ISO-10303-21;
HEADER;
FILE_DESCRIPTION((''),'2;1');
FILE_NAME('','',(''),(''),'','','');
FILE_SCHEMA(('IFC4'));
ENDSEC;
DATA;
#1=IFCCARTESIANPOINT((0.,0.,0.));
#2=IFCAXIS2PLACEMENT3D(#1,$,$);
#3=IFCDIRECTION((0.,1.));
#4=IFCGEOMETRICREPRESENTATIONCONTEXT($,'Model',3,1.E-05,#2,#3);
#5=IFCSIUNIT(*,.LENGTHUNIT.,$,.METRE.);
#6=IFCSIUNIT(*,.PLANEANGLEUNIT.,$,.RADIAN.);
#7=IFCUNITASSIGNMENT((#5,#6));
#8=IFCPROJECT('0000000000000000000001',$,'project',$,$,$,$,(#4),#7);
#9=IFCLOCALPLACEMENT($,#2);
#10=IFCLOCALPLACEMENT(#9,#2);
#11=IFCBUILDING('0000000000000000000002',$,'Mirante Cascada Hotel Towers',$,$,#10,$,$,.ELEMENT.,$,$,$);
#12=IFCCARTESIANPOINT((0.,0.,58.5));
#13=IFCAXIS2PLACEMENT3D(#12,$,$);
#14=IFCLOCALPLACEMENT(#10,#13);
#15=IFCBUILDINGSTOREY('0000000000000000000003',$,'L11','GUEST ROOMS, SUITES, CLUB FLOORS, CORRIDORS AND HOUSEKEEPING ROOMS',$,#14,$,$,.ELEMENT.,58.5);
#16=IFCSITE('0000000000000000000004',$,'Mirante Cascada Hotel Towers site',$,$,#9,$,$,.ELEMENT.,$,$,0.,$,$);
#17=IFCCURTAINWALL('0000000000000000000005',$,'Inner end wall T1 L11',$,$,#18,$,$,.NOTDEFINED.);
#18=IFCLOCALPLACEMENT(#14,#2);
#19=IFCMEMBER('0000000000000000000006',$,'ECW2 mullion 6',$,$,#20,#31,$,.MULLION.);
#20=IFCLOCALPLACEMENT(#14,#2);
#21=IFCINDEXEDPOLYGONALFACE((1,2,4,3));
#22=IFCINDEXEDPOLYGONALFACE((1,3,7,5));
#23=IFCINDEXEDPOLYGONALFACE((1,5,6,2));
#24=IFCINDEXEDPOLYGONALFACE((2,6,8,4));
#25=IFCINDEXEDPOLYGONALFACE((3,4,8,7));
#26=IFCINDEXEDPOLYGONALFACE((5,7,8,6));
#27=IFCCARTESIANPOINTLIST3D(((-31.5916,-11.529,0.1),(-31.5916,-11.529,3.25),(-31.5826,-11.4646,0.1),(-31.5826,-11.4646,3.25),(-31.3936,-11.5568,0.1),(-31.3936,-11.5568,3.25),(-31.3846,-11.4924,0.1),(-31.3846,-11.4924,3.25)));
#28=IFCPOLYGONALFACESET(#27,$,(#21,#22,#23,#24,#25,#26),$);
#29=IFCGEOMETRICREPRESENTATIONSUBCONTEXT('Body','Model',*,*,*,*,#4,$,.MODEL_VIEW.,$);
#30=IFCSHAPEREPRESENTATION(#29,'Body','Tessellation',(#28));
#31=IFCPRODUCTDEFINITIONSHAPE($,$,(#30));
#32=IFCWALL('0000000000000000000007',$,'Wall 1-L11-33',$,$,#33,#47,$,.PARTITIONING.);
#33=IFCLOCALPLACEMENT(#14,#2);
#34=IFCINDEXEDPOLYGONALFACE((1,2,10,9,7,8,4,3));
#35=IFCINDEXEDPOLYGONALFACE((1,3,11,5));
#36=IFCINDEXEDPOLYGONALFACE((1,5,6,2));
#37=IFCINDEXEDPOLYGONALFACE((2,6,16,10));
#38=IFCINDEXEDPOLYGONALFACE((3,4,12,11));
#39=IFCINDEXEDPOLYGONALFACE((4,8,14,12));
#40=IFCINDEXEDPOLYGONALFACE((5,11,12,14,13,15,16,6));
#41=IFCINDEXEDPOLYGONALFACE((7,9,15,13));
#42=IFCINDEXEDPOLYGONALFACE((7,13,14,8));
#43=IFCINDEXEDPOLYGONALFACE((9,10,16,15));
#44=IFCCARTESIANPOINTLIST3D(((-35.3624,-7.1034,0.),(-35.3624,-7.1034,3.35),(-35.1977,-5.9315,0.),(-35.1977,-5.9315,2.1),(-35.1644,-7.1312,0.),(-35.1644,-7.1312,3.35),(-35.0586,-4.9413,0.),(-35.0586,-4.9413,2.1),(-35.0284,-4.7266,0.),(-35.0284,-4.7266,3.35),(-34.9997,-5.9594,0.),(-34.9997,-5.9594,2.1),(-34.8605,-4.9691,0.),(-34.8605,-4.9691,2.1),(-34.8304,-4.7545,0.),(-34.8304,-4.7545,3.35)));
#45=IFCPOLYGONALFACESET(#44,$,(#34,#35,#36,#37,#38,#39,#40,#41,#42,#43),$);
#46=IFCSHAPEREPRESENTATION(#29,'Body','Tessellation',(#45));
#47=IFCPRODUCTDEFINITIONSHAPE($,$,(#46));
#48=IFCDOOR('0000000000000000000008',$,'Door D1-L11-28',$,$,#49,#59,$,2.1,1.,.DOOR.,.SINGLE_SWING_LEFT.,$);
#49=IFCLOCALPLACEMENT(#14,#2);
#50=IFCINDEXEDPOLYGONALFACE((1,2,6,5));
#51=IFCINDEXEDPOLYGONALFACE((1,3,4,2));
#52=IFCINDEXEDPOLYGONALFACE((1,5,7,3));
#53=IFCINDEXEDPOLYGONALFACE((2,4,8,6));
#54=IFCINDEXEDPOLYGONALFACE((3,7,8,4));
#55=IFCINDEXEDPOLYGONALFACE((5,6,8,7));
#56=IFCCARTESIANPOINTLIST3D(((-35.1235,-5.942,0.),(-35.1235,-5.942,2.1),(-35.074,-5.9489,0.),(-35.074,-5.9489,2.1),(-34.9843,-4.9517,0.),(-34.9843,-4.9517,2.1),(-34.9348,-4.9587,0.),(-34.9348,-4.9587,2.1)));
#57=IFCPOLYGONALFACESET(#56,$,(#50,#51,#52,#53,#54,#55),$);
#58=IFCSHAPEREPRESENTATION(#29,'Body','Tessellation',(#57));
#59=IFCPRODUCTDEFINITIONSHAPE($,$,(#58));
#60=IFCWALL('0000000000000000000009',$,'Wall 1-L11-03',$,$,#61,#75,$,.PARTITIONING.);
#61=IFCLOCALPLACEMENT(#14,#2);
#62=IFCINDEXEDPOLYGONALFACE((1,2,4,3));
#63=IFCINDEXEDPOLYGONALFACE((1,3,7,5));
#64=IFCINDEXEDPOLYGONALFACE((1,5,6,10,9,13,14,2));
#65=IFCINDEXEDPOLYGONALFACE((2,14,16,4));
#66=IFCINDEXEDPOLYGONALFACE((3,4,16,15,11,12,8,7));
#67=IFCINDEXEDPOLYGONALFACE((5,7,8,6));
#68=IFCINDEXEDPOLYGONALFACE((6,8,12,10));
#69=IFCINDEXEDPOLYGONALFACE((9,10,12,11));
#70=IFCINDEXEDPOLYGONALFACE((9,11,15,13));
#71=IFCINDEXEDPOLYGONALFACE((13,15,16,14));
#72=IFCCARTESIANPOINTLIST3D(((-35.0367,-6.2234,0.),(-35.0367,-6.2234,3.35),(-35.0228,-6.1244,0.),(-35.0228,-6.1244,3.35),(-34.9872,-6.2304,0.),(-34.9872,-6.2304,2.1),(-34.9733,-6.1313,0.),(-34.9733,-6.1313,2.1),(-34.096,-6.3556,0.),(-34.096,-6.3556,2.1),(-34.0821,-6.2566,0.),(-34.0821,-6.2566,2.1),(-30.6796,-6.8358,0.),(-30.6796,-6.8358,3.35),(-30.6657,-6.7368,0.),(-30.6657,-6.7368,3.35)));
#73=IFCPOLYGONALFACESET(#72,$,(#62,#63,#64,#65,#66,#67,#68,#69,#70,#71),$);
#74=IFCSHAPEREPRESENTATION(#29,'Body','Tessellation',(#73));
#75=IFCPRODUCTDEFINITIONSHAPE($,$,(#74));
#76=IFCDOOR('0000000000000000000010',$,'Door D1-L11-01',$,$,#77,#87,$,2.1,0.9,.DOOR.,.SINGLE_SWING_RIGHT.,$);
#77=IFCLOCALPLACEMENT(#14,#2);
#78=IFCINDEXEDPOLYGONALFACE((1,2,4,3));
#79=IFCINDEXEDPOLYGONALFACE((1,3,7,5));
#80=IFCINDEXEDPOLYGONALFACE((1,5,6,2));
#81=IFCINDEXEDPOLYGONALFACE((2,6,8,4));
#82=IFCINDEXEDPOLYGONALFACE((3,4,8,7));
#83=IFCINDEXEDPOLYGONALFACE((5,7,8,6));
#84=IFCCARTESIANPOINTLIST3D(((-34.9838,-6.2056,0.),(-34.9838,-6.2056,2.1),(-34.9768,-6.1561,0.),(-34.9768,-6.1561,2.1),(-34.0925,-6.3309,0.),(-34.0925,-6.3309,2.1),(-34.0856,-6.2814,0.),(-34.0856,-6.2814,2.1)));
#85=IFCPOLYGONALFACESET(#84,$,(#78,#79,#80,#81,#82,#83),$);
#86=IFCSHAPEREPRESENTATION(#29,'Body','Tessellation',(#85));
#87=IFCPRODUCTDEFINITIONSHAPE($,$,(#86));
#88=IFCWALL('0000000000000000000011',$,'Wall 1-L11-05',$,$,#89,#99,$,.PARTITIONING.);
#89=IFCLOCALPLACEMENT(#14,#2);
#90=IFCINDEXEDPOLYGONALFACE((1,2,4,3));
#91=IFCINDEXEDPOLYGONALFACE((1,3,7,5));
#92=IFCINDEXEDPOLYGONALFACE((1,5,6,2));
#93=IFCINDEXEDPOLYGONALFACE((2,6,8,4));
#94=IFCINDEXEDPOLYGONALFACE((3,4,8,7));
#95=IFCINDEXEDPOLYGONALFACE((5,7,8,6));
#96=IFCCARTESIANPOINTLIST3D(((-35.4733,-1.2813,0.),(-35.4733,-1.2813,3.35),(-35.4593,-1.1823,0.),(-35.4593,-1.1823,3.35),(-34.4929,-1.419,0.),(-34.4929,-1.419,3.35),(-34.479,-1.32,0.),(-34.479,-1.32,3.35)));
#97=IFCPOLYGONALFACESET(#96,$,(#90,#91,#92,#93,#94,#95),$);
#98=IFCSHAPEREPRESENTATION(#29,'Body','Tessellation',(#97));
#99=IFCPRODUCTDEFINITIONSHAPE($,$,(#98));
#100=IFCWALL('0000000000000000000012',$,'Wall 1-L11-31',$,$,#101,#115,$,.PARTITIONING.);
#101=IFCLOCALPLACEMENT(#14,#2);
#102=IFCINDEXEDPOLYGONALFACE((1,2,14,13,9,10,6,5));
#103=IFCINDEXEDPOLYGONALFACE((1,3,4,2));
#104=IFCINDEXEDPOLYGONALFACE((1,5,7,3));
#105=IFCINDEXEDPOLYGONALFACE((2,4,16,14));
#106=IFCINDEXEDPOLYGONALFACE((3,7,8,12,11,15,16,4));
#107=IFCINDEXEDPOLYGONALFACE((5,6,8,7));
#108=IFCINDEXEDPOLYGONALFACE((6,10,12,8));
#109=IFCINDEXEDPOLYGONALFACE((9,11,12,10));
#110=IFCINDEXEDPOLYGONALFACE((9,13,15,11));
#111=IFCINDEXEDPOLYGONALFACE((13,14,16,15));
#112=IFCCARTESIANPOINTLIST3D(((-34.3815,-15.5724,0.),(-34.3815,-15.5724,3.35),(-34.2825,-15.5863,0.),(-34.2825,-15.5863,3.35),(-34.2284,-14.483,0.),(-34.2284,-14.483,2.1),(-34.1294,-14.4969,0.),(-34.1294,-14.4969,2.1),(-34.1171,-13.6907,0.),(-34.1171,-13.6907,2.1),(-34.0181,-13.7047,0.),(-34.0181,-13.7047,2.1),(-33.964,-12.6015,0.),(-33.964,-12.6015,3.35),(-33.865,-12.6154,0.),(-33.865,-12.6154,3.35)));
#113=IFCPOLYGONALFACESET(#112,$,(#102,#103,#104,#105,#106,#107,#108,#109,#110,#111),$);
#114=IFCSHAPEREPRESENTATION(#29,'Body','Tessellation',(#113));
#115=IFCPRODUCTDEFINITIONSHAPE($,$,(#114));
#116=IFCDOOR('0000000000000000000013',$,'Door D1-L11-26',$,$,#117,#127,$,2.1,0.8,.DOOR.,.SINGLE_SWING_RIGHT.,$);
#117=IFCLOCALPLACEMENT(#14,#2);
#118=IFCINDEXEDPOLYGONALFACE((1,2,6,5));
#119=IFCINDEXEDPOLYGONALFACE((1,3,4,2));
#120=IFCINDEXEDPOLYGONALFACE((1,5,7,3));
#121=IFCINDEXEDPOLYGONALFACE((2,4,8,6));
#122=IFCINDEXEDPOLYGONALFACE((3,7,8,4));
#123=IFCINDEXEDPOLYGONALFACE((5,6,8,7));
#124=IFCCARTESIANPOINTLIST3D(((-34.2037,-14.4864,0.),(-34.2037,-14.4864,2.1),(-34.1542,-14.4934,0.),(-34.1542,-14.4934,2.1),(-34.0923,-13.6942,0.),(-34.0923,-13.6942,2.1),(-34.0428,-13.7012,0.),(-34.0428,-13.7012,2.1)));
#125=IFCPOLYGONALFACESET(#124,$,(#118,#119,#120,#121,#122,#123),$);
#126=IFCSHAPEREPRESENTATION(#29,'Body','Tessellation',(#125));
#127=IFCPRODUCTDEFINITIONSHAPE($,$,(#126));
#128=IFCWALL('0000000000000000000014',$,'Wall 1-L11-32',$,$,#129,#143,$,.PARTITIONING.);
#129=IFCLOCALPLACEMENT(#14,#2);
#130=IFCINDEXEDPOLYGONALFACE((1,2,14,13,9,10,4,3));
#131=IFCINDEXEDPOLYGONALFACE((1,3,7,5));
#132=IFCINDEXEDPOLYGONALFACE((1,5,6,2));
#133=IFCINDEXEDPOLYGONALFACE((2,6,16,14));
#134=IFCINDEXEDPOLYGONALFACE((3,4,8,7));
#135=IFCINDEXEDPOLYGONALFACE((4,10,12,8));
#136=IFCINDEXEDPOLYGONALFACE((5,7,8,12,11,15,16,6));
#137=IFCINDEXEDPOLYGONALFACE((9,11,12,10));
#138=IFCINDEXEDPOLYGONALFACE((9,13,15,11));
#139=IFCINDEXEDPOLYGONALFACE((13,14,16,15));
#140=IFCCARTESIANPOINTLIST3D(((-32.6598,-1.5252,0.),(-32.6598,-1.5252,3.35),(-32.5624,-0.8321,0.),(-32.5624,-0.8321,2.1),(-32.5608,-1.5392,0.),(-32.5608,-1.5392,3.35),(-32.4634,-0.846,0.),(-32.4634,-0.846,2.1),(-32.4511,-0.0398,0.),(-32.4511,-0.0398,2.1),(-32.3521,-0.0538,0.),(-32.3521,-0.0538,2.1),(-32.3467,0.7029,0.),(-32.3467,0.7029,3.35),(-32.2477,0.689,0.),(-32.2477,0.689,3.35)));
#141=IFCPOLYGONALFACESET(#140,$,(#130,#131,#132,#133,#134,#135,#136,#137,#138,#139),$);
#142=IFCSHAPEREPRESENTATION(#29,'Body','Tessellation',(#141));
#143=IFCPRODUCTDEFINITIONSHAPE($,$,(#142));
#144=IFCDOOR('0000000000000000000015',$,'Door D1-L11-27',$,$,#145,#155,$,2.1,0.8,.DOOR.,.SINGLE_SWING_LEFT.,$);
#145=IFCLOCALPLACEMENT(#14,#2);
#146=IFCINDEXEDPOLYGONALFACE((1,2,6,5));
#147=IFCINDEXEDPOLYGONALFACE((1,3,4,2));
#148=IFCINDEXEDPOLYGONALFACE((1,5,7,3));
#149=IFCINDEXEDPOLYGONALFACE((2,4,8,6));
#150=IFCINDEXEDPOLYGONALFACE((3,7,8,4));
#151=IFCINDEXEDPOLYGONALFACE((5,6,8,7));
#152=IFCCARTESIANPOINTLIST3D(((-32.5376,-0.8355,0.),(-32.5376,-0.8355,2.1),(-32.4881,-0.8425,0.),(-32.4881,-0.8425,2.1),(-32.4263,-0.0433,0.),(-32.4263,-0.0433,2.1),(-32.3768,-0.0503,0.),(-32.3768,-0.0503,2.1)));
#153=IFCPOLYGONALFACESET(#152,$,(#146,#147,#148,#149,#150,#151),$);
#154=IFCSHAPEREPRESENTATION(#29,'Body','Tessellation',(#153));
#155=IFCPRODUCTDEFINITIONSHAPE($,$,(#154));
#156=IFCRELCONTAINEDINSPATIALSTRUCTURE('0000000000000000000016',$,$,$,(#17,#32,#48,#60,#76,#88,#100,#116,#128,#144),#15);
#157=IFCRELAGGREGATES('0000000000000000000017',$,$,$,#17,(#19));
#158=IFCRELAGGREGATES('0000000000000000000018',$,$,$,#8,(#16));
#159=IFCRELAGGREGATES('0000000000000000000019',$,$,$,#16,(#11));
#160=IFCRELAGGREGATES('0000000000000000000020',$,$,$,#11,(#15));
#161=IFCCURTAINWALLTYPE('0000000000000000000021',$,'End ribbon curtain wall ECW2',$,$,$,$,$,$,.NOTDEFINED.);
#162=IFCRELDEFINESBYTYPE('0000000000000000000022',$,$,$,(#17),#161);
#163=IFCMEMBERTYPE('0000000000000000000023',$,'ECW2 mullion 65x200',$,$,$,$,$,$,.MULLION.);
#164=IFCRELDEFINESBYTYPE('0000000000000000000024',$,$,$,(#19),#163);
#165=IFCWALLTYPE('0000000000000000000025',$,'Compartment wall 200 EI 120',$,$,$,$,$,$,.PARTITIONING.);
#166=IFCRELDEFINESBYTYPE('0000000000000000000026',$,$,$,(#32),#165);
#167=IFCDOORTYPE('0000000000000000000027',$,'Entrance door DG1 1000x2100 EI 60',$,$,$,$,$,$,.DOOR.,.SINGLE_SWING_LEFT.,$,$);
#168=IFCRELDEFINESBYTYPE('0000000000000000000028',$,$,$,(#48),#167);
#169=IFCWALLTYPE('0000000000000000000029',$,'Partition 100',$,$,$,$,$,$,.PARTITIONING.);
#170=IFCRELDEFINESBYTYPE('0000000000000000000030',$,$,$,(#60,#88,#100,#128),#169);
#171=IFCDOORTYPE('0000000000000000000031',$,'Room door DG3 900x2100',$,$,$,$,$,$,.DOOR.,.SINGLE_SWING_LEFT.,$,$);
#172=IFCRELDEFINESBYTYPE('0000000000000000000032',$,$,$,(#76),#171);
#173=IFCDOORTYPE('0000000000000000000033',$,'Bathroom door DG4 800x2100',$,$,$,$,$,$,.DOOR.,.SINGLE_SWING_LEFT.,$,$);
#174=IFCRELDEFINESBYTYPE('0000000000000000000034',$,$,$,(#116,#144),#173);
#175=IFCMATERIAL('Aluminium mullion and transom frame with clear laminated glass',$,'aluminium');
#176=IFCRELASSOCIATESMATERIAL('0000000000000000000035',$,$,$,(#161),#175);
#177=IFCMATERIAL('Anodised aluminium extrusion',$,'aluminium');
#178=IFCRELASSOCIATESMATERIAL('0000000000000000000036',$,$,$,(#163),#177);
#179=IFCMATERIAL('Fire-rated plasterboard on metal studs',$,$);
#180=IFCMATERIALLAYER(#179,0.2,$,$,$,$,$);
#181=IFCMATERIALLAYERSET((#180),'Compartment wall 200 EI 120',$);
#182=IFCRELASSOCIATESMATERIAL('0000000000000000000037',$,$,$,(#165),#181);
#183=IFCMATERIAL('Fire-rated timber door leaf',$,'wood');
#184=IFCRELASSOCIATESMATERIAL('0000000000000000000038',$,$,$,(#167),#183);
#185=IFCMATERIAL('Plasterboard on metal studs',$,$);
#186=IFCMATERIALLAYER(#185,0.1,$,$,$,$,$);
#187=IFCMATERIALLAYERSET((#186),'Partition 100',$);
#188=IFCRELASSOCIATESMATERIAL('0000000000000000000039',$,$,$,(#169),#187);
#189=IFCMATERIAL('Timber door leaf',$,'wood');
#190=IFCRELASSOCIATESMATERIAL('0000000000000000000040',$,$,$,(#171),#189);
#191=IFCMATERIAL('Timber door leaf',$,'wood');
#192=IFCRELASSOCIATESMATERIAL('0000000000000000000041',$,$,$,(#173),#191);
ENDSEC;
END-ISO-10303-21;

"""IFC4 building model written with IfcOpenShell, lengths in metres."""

from ifc_helpers import new_model, si_unit, direction, frame, frame_2d, origin, origin_2d, place, context, subcontext, project, spatial, rectangle, extrude, material, layer, layer_set, material_profile, profile_set, type_object, element, fill, aggregate, save


model = new_model("IFC4")

# Units and contexts
model_context = context("Model", 3, precision=1e-05, world=origin(), true_north=direction((0.0, 1.0)))
body_context = subcontext(model_context, "Body", "Model", "MODEL_VIEW")
ifc_project = project(units=[si_unit("LENGTHUNIT", "METRE"), si_unit("PLANEANGLEUNIT", "RADIAN")], contexts=[model_context])

# Site, building, storey
site_placement = place(None, origin())
site = spatial("IfcSite", under=ifc_project, at=site_placement, Name="Mirante Cascada Hotel Towers site", CompositionType="ELEMENT", RefElevation=0.0)
building_placement = place(site_placement, origin())
building = spatial("IfcBuilding", under=site, at=building_placement, Name="Mirante Cascada Hotel Towers", CompositionType="ELEMENT")
storey_placement = place(building_placement, frame((0.0, 0.0, 58.5)))
storey = spatial("IfcBuildingStorey", under=building, at=storey_placement, Name="L11", Description="GUEST ROOMS, SUITES, CLUB FLOORS, CORRIDORS AND HOUSEKEEPING ROOMS", CompositionType="ELEMENT", Elevation=58.5)

# Curtain wall, member
ifc_material_1 = material(Name="Aluminium mullion and transom frame with clear laminated glass", Category="aluminium")
curtain_wall_type = type_object("IfcCurtainWallType", Name="End ribbon curtain wall ECW2", PredefinedType="NOTDEFINED", material=ifc_material_1)
curtain_wall_placement = place(storey_placement, origin())
curtain_wall = element("IfcCurtainWall", 1, at=curtain_wall_placement, inside=storey, type_object=curtain_wall_type, Name="Inner end wall T1 L11", PredefinedType="NOTDEFINED")
ifc_material_2 = material(Name="Anodised aluminium extrusion", Category="aluminium")
ifc_material_profile = material_profile(ifc_material_2, rectangle(XDim=0.2, YDim=0.065, at=origin_2d()), Name="ECW2 MULLION 65x200")
ifc_profile_set = profile_set([ifc_material_profile], Name="Anodised aluminium extrusion")
member_type = type_object("IfcMemberType", Name="ECW2 mullion 65x200", PredefinedType="MULLION", material=ifc_profile_set)
member_placement = place(storey_placement, frame((-31.4881, -11.5107, 0.1), z_axis=(0.0, 0.0, 1.0), x_axis=(0.990268, -0.139173, 0.0)))
member = element("IfcMember", 2, at=member_placement, type_object=member_type, Name="ECW2 mullion 6", PredefinedType="MULLION", context=body_context, shape_type="SweptSolid", body=[
    extrude(rectangle(XDim=0.2, YDim=0.065, at=origin_2d()), origin(), (0.0, 0.0, 1.0), 3.15),
])
aggregate(curtain_wall, [member])

# Walls, openings, doors
ifc_material_3 = material(Name="Fire-rated plasterboard on metal studs")
ifc_layer_1 = layer(ifc_material_3, 0.2)
ifc_layer_set_1 = layer_set([ifc_layer_1], Name="Compartment wall 200 EI 120")
wall_type_1 = type_object("IfcWallType", Name="Compartment wall 200 EI 120", PredefinedType="PARTITIONING", material=ifc_layer_set_1)
wall_1_placement = place(storey_placement, frame((-34.9294, -4.7406, 0.0), z_axis=(0.0, 0.0, 1.0), x_axis=(-0.139163, -0.990269, 0.0)))
wall_1 = element("IfcWall", 3, at=wall_1_placement, inside=storey, type_object=wall_type_1, Name="Wall 1-L11-33", PredefinedType="PARTITIONING", context=body_context, shape_type="SweptSolid", body=[
    extrude(rectangle(XDim=2.4001, YDim=0.2, at=frame_2d((1.2, 0.0))), origin(), (0.0, 0.0, 1.0), 3.35),
])
opening_1_placement = place(wall_1_placement, frame((0.2167, 0.0, 0.0)))
opening_1 = element("IfcOpeningElement", 4, at=opening_1_placement, cuts=wall_1, PredefinedType="OPENING", context=body_context, shape_type="SweptSolid", body=[
    extrude(rectangle(XDim=1.0, YDim=2.1, at=frame_2d((0.5, 1.05))), frame((0.0, 0.1, 0.0), z_axis=(0.0, -1.0, 0.0), x_axis=(1.0, 0.0, 0.0)), (0.0, 0.0, 1.0), 0.2),
])
ifc_material_4 = material(Name="Fire-rated timber door leaf", Category="wood")
door_type_1 = type_object("IfcDoorType", Name="Entrance door DG1 1000x2100 EI 60", OperationType="SINGLE_SWING_LEFT", PredefinedType="DOOR", material=ifc_material_4)
door_1_placement = place(opening_1_placement, origin())
door_1 = element("IfcDoor", 5, at=door_1_placement, inside=storey, type_object=door_type_1, Name="Door D1-L11-28", OperationType="SINGLE_SWING_LEFT", OverallHeight=2.1, OverallWidth=1.0, PredefinedType="DOOR", context=body_context, shape_type="SweptSolid", body=[
    extrude(rectangle(XDim=1.0, YDim=2.1, at=frame_2d((0.5, 1.05))), frame((0.0, 0.025, 0.0), z_axis=(0.0, -1.0, 0.0), x_axis=(1.0, 0.0, 0.0)), (0.0, 0.0, 1.0), 0.05),
])
fill(opening_1, door_1)
ifc_material_5 = material(Name="Plasterboard on metal studs")
ifc_layer_2 = layer(ifc_material_5, 0.1)
ifc_layer_set_2 = layer_set([ifc_layer_2], Name="Partition 100")
wall_type_2 = type_object("IfcWallType", Name="Partition 100", PredefinedType="PARTITIONING", material=ifc_layer_set_2)
wall_2_placement = place(storey_placement, frame((-35.0298, -6.1739, 0.0), z_axis=(0.0, 0.0, 1.0), x_axis=(0.990267, -0.139184, 0.0)))
wall_2 = element("IfcWall", 6, at=wall_2_placement, inside=storey, type_object=wall_type_2, Name="Wall 1-L11-03", PredefinedType="PARTITIONING", context=body_context, shape_type="SweptSolid", body=[
    extrude(rectangle(XDim=4.3999, YDim=0.1, at=frame_2d((2.2, 0.0))), origin(), (0.0, 0.0, 1.0), 3.35),
])
opening_2_placement = place(wall_2_placement, frame((0.05, 0.0, 0.0)))
opening_2 = element("IfcOpeningElement", 7, at=opening_2_placement, cuts=wall_2, PredefinedType="OPENING", context=body_context, shape_type="SweptSolid", body=[
    extrude(rectangle(XDim=0.9, YDim=2.1, at=frame_2d((0.45, 1.05))), frame((0.0, 0.05, 0.0), z_axis=(0.0, -1.0, 0.0), x_axis=(1.0, 0.0, 0.0)), (0.0, 0.0, 1.0), 0.1),
])
ifc_material_6 = material(Name="Timber door leaf", Category="wood")
door_type_2 = type_object("IfcDoorType", Name="Room door DG3 900x2100", OperationType="SINGLE_SWING_LEFT", PredefinedType="DOOR", material=ifc_material_6)
door_2_placement = place(opening_2_placement, frame((0.9, 0.0, 0.0), z_axis=(0.0, 0.0, 1.0), x_axis=(-1.0, 0.0, 0.0)))
door_2 = element("IfcDoor", 8, at=door_2_placement, inside=storey, type_object=door_type_2, Name="Door D1-L11-01", OperationType="SINGLE_SWING_RIGHT", OverallHeight=2.1, OverallWidth=0.9, PredefinedType="DOOR", context=body_context, shape_type="SweptSolid", body=[
    extrude(rectangle(XDim=0.9, YDim=2.1, at=frame_2d((0.45, 1.05))), frame((0.0, 0.025, 0.0), z_axis=(0.0, -1.0, 0.0), x_axis=(1.0, 0.0, 0.0)), (0.0, 0.0, 1.0), 0.05),
])
fill(opening_2, door_2)

# Wall
wall_3_placement = place(storey_placement, frame((-35.4663, -1.2318, 0.0), z_axis=(0.0, 0.0, 1.0), x_axis=(0.99028, -0.139088, 0.0)))
element("IfcWall", 9, at=wall_3_placement, inside=storey, type_object=wall_type_2, Name="Wall 1-L11-05", PredefinedType="PARTITIONING", context=body_context, shape_type="SweptSolid", body=[
    extrude(rectangle(XDim=0.99, YDim=0.1, at=frame_2d((0.495, 0.0))), origin(), (0.0, 0.0, 1.0), 3.35),
])

# Walls, openings, doors
wall_4_placement = place(storey_placement, frame((-33.9145, -12.6084, 0.0), z_axis=(0.0, 0.0, 1.0), x_axis=(-0.139162, -0.99027, 0.0)))
wall_4 = element("IfcWall", 10, at=wall_4_placement, inside=storey, type_object=wall_type_2, Name="Wall 1-L11-31", PredefinedType="PARTITIONING", context=body_context, shape_type="SweptSolid", body=[
    extrude(rectangle(XDim=3.0001, YDim=0.1, at=frame_2d((1.5001, 0.0))), origin(), (0.0, 0.0, 1.0), 3.35),
])
opening_3_placement = place(wall_4_placement, frame((1.1, 0.0, 0.0)))
opening_3 = element("IfcOpeningElement", 11, at=opening_3_placement, cuts=wall_4, PredefinedType="OPENING", context=body_context, shape_type="SweptSolid", body=[
    extrude(rectangle(XDim=0.8, YDim=2.1, at=frame_2d((0.4, 1.05))), frame((0.0, 0.05, 0.0), z_axis=(0.0, -1.0, 0.0), x_axis=(1.0, 0.0, 0.0)), (0.0, 0.0, 1.0), 0.1),
])
ifc_material_7 = material(Name="Timber door leaf", Category="wood")
door_type_3 = type_object("IfcDoorType", Name="Bathroom door DG4 800x2100", OperationType="SINGLE_SWING_LEFT", PredefinedType="DOOR", material=ifc_material_7)
door_3_placement = place(opening_3_placement, frame((0.8, 0.0, 0.0), z_axis=(0.0, 0.0, 1.0), x_axis=(-1.0, 0.0, 0.0)))
door_3 = element("IfcDoor", 12, at=door_3_placement, inside=storey, type_object=door_type_3, Name="Door D1-L11-26", OperationType="SINGLE_SWING_RIGHT", OverallHeight=2.1, OverallWidth=0.8, PredefinedType="DOOR", context=body_context, shape_type="SweptSolid", body=[
    extrude(rectangle(XDim=0.8, YDim=2.1, at=frame_2d((0.4, 1.05))), frame((0.0, 0.025, 0.0), z_axis=(0.0, -1.0, 0.0), x_axis=(1.0, 0.0, 0.0)), (0.0, 0.0, 1.0), 0.05),
])
fill(opening_3, door_3)
wall_5_placement = place(storey_placement, frame((-32.6103, -1.5322, 0.0), z_axis=(0.0, 0.0, 1.0), x_axis=(0.139156, 0.990271, 0.0)))
wall_5 = element("IfcWall", 13, at=wall_5_placement, inside=storey, type_object=wall_type_2, Name="Wall 1-L11-32", PredefinedType="PARTITIONING", context=body_context, shape_type="SweptSolid", body=[
    extrude(rectangle(XDim=2.25, YDim=0.1, at=frame_2d((1.125, 0.0))), origin(), (0.0, 0.0, 1.0), 3.35),
])
opening_4_placement = place(wall_5_placement, frame((0.7, 0.0, 0.0)))
opening_4 = element("IfcOpeningElement", 14, at=opening_4_placement, cuts=wall_5, PredefinedType="OPENING", context=body_context, shape_type="SweptSolid", body=[
    extrude(rectangle(XDim=0.8, YDim=2.1, at=frame_2d((0.4, 1.05))), frame((0.0, 0.05, 0.0), z_axis=(0.0, -1.0, 0.0), x_axis=(1.0, 0.0, 0.0)), (0.0, 0.0, 1.0), 0.1),
])
door_4_placement = place(opening_4_placement, origin())
door_4 = element("IfcDoor", 15, at=door_4_placement, inside=storey, type_object=door_type_3, Name="Door D1-L11-27", OperationType="SINGLE_SWING_LEFT", OverallHeight=2.1, OverallWidth=0.8, PredefinedType="DOOR", context=body_context, shape_type="SweptSolid", body=[
    extrude(rectangle(XDim=0.8, YDim=2.1, at=frame_2d((0.4, 1.05))), frame((0.0, 0.025, 0.0), z_axis=(0.0, -1.0, 0.0), x_axis=(1.0, 0.0, 0.0)), (0.0, 0.0, 1.0), 0.05),
])
fill(opening_4, door_4)

save(model, "model.ifc")
